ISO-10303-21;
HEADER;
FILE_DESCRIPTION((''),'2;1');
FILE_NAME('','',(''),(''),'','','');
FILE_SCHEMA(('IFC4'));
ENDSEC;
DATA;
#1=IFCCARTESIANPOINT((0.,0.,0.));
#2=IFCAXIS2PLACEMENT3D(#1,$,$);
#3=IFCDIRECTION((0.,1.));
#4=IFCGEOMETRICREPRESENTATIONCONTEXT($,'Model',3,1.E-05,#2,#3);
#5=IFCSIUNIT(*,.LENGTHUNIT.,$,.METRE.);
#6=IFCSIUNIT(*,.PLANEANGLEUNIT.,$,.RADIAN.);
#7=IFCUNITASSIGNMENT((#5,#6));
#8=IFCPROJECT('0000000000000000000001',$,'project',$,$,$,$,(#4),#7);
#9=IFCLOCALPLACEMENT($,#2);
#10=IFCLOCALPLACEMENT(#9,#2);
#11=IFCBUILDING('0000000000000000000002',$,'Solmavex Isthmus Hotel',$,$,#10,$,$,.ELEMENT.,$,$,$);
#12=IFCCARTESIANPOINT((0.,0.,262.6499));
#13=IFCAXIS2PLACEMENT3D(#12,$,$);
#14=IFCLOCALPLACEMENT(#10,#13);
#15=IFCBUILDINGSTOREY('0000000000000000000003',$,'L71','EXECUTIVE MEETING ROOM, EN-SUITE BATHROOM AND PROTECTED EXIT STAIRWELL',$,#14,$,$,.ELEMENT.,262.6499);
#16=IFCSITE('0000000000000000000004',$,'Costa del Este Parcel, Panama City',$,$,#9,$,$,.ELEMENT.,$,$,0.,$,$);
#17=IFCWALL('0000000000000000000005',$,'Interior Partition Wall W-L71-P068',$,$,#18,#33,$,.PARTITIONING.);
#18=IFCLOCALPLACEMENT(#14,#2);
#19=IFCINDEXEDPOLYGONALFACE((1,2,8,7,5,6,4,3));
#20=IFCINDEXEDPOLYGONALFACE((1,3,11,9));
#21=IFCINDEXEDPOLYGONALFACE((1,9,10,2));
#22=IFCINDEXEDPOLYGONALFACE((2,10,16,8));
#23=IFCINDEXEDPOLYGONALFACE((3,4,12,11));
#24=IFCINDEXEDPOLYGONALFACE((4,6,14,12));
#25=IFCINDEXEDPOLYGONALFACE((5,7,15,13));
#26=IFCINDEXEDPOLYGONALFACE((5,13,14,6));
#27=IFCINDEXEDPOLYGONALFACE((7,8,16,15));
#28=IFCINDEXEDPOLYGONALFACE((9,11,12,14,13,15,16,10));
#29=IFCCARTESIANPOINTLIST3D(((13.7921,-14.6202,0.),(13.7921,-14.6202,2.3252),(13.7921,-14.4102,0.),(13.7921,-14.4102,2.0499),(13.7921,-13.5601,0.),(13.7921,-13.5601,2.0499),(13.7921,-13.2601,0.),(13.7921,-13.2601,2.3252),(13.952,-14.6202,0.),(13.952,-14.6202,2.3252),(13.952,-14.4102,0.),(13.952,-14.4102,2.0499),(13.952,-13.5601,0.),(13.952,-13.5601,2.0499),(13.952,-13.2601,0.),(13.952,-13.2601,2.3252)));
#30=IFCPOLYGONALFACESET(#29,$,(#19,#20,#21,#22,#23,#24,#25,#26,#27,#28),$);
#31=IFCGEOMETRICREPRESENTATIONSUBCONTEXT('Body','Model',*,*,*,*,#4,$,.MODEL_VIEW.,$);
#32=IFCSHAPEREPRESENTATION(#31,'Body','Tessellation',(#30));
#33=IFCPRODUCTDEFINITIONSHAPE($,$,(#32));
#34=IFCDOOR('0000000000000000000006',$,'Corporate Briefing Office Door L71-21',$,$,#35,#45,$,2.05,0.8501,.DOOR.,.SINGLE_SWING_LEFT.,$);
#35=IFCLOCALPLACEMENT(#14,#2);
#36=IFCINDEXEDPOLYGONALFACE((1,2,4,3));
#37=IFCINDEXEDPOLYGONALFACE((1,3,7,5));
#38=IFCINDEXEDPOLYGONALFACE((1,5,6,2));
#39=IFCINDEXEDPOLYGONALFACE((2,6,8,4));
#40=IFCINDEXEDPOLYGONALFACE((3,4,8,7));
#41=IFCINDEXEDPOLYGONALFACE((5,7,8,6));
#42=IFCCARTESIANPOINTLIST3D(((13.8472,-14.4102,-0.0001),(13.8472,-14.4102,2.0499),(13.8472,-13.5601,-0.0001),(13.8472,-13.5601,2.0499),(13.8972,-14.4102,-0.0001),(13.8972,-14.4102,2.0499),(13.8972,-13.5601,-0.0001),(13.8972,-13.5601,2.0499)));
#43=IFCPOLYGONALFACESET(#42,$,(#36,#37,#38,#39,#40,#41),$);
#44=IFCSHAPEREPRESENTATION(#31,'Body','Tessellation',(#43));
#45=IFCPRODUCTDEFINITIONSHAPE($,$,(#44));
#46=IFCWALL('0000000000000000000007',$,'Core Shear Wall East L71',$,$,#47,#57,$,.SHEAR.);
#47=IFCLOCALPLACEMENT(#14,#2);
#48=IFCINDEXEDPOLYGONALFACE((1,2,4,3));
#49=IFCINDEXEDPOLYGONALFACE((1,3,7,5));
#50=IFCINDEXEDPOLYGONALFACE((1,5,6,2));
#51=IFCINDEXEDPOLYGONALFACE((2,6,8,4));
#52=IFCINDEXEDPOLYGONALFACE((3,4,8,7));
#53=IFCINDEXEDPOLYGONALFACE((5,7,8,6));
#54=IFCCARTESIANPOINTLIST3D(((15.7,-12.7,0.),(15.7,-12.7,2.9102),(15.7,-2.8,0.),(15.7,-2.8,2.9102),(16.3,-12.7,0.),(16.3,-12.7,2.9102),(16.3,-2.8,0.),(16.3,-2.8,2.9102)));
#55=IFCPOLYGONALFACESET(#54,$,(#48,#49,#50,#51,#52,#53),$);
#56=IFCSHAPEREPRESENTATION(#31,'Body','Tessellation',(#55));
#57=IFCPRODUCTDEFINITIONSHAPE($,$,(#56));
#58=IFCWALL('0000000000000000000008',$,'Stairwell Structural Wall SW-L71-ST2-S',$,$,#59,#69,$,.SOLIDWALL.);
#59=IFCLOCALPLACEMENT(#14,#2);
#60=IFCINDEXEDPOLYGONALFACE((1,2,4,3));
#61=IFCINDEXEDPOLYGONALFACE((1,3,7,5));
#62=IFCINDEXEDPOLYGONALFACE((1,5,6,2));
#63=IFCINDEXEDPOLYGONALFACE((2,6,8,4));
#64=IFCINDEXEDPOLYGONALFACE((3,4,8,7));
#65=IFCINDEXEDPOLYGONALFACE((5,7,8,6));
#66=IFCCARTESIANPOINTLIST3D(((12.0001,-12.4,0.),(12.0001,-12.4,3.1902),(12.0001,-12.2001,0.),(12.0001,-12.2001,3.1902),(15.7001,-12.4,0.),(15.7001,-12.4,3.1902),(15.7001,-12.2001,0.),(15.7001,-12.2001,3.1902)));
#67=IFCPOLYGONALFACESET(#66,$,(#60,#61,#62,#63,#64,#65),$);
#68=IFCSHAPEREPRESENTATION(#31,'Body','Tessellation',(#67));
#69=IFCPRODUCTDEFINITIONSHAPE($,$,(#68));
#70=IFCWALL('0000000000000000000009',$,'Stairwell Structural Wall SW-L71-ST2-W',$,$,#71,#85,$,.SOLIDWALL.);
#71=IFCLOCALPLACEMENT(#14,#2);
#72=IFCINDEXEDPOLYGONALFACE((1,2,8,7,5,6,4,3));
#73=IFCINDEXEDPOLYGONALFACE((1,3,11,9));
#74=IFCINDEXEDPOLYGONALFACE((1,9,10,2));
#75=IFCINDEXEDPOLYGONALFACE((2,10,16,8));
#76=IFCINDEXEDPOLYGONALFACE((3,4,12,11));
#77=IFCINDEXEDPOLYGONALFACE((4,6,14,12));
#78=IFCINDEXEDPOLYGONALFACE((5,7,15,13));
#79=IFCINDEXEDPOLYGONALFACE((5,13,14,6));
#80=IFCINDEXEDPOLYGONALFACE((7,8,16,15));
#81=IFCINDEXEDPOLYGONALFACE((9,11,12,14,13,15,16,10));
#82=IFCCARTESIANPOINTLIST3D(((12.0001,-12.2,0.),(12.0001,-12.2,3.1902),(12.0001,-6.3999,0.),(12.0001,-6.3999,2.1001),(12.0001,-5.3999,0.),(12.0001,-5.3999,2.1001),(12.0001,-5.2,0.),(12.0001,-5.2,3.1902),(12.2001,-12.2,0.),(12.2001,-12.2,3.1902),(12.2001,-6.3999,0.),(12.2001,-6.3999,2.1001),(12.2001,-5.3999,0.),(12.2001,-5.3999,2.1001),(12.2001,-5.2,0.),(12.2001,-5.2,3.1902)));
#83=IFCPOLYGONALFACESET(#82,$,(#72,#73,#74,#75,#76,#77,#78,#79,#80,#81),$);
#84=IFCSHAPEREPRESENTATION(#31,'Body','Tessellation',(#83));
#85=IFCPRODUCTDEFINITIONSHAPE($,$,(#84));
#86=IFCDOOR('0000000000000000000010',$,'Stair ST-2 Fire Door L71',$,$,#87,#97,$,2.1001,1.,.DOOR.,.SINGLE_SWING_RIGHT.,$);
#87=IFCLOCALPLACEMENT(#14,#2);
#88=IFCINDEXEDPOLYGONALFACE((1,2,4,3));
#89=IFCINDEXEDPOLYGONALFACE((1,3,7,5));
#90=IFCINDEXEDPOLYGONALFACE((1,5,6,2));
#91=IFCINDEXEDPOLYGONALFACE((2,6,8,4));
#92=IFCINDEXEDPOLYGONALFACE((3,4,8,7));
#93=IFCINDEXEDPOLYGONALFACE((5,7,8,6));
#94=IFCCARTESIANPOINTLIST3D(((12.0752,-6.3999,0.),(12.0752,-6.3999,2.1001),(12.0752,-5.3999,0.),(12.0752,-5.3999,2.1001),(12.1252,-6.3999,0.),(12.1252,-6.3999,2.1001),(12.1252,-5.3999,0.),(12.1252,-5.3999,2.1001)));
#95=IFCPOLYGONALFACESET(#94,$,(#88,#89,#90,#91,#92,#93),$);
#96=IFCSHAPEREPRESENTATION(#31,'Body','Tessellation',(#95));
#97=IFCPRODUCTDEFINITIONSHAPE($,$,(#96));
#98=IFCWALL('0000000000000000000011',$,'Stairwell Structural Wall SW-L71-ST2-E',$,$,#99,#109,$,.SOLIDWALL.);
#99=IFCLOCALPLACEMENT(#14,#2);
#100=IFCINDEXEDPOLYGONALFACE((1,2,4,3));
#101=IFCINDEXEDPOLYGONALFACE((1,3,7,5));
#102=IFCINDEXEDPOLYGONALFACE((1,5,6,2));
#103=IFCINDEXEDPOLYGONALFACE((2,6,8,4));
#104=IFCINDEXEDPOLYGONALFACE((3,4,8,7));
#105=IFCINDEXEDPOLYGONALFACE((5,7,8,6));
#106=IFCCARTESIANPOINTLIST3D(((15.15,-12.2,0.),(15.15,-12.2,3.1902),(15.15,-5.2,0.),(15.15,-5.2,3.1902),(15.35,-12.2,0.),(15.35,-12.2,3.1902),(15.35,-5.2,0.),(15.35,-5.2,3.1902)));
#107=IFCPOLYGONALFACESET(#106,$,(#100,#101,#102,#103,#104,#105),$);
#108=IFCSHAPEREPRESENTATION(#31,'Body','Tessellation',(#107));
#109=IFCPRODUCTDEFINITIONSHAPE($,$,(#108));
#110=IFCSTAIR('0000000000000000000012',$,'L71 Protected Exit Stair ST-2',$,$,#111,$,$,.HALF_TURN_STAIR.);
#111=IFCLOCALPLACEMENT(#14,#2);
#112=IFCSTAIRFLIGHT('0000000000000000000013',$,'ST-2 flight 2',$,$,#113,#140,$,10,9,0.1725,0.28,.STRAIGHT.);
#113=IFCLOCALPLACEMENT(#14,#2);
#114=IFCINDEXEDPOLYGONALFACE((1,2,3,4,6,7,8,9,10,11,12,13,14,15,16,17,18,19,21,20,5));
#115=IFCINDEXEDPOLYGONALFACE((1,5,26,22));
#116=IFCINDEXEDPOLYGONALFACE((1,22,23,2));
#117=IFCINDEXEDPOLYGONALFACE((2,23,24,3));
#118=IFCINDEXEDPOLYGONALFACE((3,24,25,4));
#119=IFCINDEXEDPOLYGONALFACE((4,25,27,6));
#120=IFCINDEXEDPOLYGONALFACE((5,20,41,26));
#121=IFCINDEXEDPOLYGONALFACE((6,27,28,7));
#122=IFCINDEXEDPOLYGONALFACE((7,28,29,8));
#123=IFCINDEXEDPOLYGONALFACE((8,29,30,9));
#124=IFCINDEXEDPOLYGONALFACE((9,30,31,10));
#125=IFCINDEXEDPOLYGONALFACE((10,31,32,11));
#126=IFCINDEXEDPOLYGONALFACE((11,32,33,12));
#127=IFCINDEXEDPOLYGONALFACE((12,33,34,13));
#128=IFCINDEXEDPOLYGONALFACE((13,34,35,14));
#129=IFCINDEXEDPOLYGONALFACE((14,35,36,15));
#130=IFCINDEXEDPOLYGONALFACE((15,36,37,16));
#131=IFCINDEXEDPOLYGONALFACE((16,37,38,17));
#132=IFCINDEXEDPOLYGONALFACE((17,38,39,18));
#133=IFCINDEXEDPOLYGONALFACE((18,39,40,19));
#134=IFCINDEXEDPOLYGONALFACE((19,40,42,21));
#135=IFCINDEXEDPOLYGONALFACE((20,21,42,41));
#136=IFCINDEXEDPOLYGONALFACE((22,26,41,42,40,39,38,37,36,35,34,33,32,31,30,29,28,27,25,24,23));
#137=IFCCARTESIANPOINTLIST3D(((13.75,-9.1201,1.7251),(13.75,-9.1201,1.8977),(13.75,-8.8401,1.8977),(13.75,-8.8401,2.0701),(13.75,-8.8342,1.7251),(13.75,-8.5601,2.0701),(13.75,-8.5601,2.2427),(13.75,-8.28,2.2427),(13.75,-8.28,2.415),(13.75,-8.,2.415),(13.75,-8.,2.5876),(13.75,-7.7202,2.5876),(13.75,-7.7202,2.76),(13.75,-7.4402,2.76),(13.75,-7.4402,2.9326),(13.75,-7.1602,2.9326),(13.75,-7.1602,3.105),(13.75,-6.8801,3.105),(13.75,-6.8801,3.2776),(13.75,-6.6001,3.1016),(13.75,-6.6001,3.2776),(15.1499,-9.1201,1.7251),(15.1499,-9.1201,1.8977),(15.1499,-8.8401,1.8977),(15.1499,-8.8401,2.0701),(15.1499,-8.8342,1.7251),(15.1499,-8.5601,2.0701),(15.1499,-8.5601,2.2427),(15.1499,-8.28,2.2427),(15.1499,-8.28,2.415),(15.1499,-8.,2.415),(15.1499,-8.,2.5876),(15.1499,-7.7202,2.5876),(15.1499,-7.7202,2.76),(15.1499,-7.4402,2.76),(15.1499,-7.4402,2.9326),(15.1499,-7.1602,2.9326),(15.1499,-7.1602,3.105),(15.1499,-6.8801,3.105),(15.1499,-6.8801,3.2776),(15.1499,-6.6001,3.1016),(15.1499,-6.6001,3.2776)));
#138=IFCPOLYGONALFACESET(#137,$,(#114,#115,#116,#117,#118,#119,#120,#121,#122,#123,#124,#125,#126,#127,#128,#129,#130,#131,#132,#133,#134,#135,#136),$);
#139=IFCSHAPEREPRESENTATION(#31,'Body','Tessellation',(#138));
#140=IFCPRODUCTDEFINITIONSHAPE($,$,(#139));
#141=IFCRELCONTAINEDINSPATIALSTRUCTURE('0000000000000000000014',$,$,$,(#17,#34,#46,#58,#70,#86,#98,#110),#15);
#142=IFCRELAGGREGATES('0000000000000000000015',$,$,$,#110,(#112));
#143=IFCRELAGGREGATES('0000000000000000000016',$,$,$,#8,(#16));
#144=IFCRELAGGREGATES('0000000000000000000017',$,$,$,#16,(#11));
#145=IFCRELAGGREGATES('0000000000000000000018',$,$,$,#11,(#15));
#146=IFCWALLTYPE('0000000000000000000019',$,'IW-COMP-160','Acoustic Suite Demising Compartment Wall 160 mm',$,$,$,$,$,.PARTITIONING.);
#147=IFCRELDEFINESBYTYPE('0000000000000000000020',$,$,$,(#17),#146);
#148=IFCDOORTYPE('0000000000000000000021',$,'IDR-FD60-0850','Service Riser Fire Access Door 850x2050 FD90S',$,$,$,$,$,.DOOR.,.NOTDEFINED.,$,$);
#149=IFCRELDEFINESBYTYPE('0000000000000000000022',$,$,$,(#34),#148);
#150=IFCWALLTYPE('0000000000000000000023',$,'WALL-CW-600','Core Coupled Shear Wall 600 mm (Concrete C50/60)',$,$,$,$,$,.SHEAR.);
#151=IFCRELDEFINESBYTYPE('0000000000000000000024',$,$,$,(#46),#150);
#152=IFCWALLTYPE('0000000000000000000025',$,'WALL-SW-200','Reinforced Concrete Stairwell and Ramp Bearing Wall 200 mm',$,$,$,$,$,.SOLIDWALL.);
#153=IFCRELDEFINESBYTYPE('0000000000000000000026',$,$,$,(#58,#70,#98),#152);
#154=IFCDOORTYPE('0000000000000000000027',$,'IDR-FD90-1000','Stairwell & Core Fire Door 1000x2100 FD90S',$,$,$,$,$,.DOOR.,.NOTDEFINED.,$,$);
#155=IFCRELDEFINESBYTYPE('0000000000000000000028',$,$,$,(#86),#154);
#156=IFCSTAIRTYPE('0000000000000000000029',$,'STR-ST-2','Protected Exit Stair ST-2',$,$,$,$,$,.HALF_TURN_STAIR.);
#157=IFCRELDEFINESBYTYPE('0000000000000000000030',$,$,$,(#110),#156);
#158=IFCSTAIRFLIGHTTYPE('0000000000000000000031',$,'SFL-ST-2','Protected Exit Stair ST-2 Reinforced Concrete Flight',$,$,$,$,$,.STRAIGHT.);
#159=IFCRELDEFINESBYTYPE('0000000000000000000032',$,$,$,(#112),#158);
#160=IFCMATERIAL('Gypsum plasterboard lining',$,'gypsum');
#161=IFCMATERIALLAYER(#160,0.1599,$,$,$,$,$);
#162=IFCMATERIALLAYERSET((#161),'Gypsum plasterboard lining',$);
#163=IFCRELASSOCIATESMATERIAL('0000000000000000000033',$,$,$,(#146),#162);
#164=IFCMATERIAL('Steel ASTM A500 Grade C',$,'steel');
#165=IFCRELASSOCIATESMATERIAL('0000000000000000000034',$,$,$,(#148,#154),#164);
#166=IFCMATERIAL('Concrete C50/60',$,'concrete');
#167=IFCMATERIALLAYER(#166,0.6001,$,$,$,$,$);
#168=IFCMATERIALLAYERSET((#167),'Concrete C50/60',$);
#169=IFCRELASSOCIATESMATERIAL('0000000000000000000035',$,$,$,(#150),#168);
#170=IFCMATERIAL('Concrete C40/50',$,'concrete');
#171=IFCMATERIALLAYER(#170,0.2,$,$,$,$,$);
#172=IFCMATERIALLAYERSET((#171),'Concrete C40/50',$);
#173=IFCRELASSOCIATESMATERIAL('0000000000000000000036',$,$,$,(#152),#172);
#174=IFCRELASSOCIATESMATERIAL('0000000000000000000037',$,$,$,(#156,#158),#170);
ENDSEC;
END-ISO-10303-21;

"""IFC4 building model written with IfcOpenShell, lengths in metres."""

from ifc_helpers import new_model, si_unit, direction, frame, frame_2d, origin, place, context, subcontext, project, spatial, polyline, rectangle, outline, extrude, material, layer, layer_set, type_object, element, fill, aggregate, save


model = new_model("IFC4")

# Units and contexts
model_context = context("Model", 3, precision=1e-05, world=origin(), true_north=direction((0.0, 1.0)))
body_context = subcontext(model_context, "Body", "Model", "MODEL_VIEW")
ifc_project = project(units=[si_unit("LENGTHUNIT", "METRE"), si_unit("PLANEANGLEUNIT", "RADIAN")], contexts=[model_context])

# Site, building, storey
site_placement = place(None, origin())
site = spatial("IfcSite", under=ifc_project, at=site_placement, Name="Costa del Este Parcel, Panama City", CompositionType="ELEMENT", RefElevation=0.0)
building_placement = place(site_placement, origin())
building = spatial("IfcBuilding", under=site, at=building_placement, Name="Solmavex Isthmus Hotel", CompositionType="ELEMENT")
storey_placement = place(building_placement, frame((0.0, 0.0, 262.6499)))
storey = spatial("IfcBuildingStorey", under=building, at=storey_placement, Name="L71", Description="EXECUTIVE MEETING ROOM, EN-SUITE BATHROOM AND PROTECTED EXIT STAIRWELL", CompositionType="ELEMENT", Elevation=262.6499)

# Shared definitions
ifc_material_1 = material(Name="Concrete C50/60", Category="concrete")

# Wall, opening, door
ifc_material_2 = material(Name="Gypsum plasterboard lining", Category="gypsum")
ifc_layer_1 = layer(ifc_material_2, 0.1599)
ifc_layer_set_1 = layer_set([ifc_layer_1], Name="Gypsum plasterboard lining")
wall_type_1 = type_object("IfcWallType", Name="IW-COMP-160", Description="Acoustic Suite Demising Compartment Wall 160 mm", PredefinedType="PARTITIONING", material=ifc_layer_set_1)
wall_1_placement = place(storey_placement, frame((13.8721, -13.26, 0.0), z_axis=(0.0, 0.0, 1.0), x_axis=(0.0, -1.0, 0.0)))
wall_1 = element("IfcWall", 1, at=wall_1_placement, inside=storey, type_object=wall_type_1, Name="Interior Partition Wall W-L71-P068", PredefinedType="PARTITIONING", context=body_context, shape_type="SweptSolid", body=[
    extrude(rectangle(XDim=1.3601, YDim=0.1599, at=frame_2d((0.6802, 0.0))), origin(), (0.0, 0.0, 1.0), 2.3252),
])
opening_1_placement = place(wall_1_placement, frame((0.3, 0.0, 0.0)))
opening_1 = element("IfcOpeningElement", 2, at=opening_1_placement, cuts=wall_1, PredefinedType="OPENING", context=body_context, shape_type="SweptSolid", body=[
    extrude(rectangle(XDim=0.8501, YDim=2.05, at=frame_2d((0.425, 1.0249))), frame((0.0, 0.0898, 0.0), z_axis=(0.0, -1.0, 0.0), x_axis=(1.0, 0.0, 0.0)), (0.0, 0.0, 1.0), 0.1799),
])
ifc_material_3 = material(Name="Steel ASTM A500 Grade C", Category="steel")
door_type_1 = type_object("IfcDoorType", Name="IDR-FD60-0850", Description="Service Riser Fire Access Door 850x2050 FD90S", OperationType="NOTDEFINED", PredefinedType="DOOR", material=ifc_material_3)
door_1_placement = place(opening_1_placement, frame((0.8501, 0.0, 0.0), z_axis=(0.0, 0.0, 1.0), x_axis=(-1.0, 0.0, 0.0)))
door_1 = element("IfcDoor", 3, at=door_1_placement, inside=storey, type_object=door_type_1, Name="Corporate Briefing Office Door L71-21", OperationType="SINGLE_SWING_LEFT", OverallHeight=2.05, OverallWidth=0.8501, PredefinedType="DOOR", context=body_context, shape_type="SweptSolid", body=[
    extrude(rectangle(XDim=0.8501, YDim=2.05, at=frame_2d((0.425, 1.0249))), frame((0.0, 0.0249, 0.0), z_axis=(0.0, -1.0, 0.0), x_axis=(1.0, 0.0, 0.0)), (0.0, 0.0, 1.0), 0.05),
])
fill(opening_1, door_1)

# Walls
ifc_layer_2 = layer(ifc_material_1, 0.6001)
ifc_layer_set_2 = layer_set([ifc_layer_2], Name="Concrete C50/60")
wall_type_2 = type_object("IfcWallType", Name="WALL-CW-600", Description="Core Coupled Shear Wall 600 mm (Concrete C50/60)", PredefinedType="SHEAR", material=ifc_layer_set_2)
wall_2_placement = place(storey_placement, frame((16.0, -12.7, 0.0), z_axis=(0.0, 0.0, 1.0), x_axis=(0.0, 1.0, 0.0)))
element("IfcWall", 4, at=wall_2_placement, inside=storey, type_object=wall_type_2, Name="Core Shear Wall East L71", PredefinedType="SHEAR", context=body_context, shape_type="SweptSolid", body=[
    extrude(rectangle(XDim=9.8999, YDim=0.6001, at=frame_2d((4.95, 0.0))), origin(), (0.0, 0.0, 1.0), 2.9102),
])
ifc_material_4 = material(Name="Concrete C40/50", Category="concrete")
ifc_layer_3 = layer(ifc_material_4, 0.2)
ifc_layer_set_3 = layer_set([ifc_layer_3], Name="Concrete C40/50")
wall_type_3 = type_object("IfcWallType", Name="WALL-SW-200", Description="Reinforced Concrete Stairwell and Ramp Bearing Wall 200 mm", PredefinedType="SOLIDWALL", material=ifc_layer_set_3)
wall_3_placement = place(storey_placement, frame((12.0, -12.3, 0.0), z_axis=(0.0, 0.0, 1.0), x_axis=(1.0, 0.0, 0.0)))
element("IfcWall", 5, at=wall_3_placement, inside=storey, type_object=wall_type_3, Name="Stairwell Structural Wall SW-L71-ST2-S", PredefinedType="SOLIDWALL", context=body_context, shape_type="SweptSolid", body=[
    extrude(rectangle(XDim=3.7, YDim=0.2, at=frame_2d((1.8501, 0.0))), origin(), (0.0, 0.0, 1.0), 3.1902),
])

# Wall, opening, door
wall_4_placement = place(storey_placement, frame((12.1001, -12.2, 0.0), z_axis=(0.0, 0.0, 1.0), x_axis=(0.0, 1.0, 0.0)))
wall_4 = element("IfcWall", 6, at=wall_4_placement, inside=storey, type_object=wall_type_3, Name="Stairwell Structural Wall SW-L71-ST2-W", PredefinedType="SOLIDWALL", context=body_context, shape_type="SweptSolid", body=[
    extrude(rectangle(XDim=7.0, YDim=0.2, at=frame_2d((3.5, 0.0))), origin(), (0.0, 0.0, 1.0), 3.1902),
])
opening_2_placement = place(wall_4_placement, frame((5.8, 0.0, 0.0)))
opening_2 = element("IfcOpeningElement", 7, at=opening_2_placement, cuts=wall_4, PredefinedType="OPENING", context=body_context, shape_type="SweptSolid", body=[
    extrude(rectangle(XDim=1.0, YDim=2.1001, at=frame_2d((0.5, 1.05))), frame((0.0, 0.1099, 0.0), z_axis=(0.0, -1.0, 0.0), x_axis=(1.0, 0.0, 0.0)), (0.0, 0.0, 1.0), 0.22),
])
door_type_2 = type_object("IfcDoorType", Name="IDR-FD90-1000", Description="Stairwell & Core Fire Door 1000x2100 FD90S", OperationType="NOTDEFINED", PredefinedType="DOOR", material=ifc_material_3)
door_2_placement = place(opening_2_placement, origin())
door_2 = element("IfcDoor", 8, at=door_2_placement, inside=storey, type_object=door_type_2, Name="Stair ST-2 Fire Door L71", OperationType="SINGLE_SWING_RIGHT", OverallHeight=2.1001, OverallWidth=1.0, PredefinedType="DOOR", context=body_context, shape_type="SweptSolid", body=[
    extrude(rectangle(XDim=1.0, YDim=2.1001, at=frame_2d((0.5, 1.05))), frame((0.0, 0.0249, 0.0), z_axis=(0.0, -1.0, 0.0), x_axis=(1.0, 0.0, 0.0)), (0.0, 0.0, 1.0), 0.05),
])
fill(opening_2, door_2)

# Wall
wall_5_placement = place(storey_placement, frame((15.25, -12.2, 0.0), z_axis=(0.0, 0.0, 1.0), x_axis=(0.0, 1.0, 0.0)))
element("IfcWall", 9, at=wall_5_placement, inside=storey, type_object=wall_type_3, Name="Stairwell Structural Wall SW-L71-ST2-E", PredefinedType="SOLIDWALL", context=body_context, shape_type="SweptSolid", body=[
    extrude(rectangle(XDim=7.0, YDim=0.2, at=frame_2d((3.5, 0.0))), origin(), (0.0, 0.0, 1.0), 3.1902),
])

# Stair, stair flight
stair_type = type_object("IfcStairType", Name="STR-ST-2", Description="Protected Exit Stair ST-2", PredefinedType="HALF_TURN_STAIR", material=ifc_material_4)
stair_placement = place(storey_placement, origin())
stair = element("IfcStair", 10, at=stair_placement, inside=storey, type_object=stair_type, Name="L71 Protected Exit Stair ST-2", PredefinedType="HALF_TURN_STAIR")
stair_flight_type = type_object("IfcStairFlightType", Name="SFL-ST-2", Description="Protected Exit Stair ST-2 Reinforced Concrete Flight", PredefinedType="STRAIGHT", material=ifc_material_4)
stair_flight_placement = place(storey_placement, frame((14.45, -9.1201, 1.7251), z_axis=(0.0, 0.0, 1.0), x_axis=(0.0, 1.0, 0.0)))
stair_flight = element("IfcStairFlight", 11, at=stair_flight_placement, type_object=stair_flight_type, Name="ST-2 flight 2", NumberOfRisers=10, NumberOfTreads=9, PredefinedType="STRAIGHT", RiserHeight=0.1725, TreadLength=0.28, context=body_context, shape_type="SweptSolid", body=[
    extrude(outline(polyline([(0.0, 0.0), (0.0, 0.1726), (0.28, 0.1726), (0.28, 0.345), (0.5601, 0.345), (0.5601, 0.5176), (0.8401, 0.5176), (0.8401, 0.6899), (1.1201, 0.6899), (1.1201, 0.8625), (1.3999, 0.8625), (1.3999, 1.0349), (1.6799, 1.0349), (1.6799, 1.2075), (1.96, 1.2075), (1.96, 1.3799), (2.24, 1.3799), (2.24, 1.5525), (2.52, 1.5525), (2.52, 1.7251), (2.52, 1.3765), (0.2859, 0.0), (0.0, 0.0)])), frame((0.0, 0.7, 0.0), z_axis=(0.0, -1.0, 0.0), x_axis=(1.0, 0.0, 0.0)), (0.0, 0.0, 1.0), 1.3999),
])
aggregate(stair, [stair_flight])

save(model, "model.ifc")
